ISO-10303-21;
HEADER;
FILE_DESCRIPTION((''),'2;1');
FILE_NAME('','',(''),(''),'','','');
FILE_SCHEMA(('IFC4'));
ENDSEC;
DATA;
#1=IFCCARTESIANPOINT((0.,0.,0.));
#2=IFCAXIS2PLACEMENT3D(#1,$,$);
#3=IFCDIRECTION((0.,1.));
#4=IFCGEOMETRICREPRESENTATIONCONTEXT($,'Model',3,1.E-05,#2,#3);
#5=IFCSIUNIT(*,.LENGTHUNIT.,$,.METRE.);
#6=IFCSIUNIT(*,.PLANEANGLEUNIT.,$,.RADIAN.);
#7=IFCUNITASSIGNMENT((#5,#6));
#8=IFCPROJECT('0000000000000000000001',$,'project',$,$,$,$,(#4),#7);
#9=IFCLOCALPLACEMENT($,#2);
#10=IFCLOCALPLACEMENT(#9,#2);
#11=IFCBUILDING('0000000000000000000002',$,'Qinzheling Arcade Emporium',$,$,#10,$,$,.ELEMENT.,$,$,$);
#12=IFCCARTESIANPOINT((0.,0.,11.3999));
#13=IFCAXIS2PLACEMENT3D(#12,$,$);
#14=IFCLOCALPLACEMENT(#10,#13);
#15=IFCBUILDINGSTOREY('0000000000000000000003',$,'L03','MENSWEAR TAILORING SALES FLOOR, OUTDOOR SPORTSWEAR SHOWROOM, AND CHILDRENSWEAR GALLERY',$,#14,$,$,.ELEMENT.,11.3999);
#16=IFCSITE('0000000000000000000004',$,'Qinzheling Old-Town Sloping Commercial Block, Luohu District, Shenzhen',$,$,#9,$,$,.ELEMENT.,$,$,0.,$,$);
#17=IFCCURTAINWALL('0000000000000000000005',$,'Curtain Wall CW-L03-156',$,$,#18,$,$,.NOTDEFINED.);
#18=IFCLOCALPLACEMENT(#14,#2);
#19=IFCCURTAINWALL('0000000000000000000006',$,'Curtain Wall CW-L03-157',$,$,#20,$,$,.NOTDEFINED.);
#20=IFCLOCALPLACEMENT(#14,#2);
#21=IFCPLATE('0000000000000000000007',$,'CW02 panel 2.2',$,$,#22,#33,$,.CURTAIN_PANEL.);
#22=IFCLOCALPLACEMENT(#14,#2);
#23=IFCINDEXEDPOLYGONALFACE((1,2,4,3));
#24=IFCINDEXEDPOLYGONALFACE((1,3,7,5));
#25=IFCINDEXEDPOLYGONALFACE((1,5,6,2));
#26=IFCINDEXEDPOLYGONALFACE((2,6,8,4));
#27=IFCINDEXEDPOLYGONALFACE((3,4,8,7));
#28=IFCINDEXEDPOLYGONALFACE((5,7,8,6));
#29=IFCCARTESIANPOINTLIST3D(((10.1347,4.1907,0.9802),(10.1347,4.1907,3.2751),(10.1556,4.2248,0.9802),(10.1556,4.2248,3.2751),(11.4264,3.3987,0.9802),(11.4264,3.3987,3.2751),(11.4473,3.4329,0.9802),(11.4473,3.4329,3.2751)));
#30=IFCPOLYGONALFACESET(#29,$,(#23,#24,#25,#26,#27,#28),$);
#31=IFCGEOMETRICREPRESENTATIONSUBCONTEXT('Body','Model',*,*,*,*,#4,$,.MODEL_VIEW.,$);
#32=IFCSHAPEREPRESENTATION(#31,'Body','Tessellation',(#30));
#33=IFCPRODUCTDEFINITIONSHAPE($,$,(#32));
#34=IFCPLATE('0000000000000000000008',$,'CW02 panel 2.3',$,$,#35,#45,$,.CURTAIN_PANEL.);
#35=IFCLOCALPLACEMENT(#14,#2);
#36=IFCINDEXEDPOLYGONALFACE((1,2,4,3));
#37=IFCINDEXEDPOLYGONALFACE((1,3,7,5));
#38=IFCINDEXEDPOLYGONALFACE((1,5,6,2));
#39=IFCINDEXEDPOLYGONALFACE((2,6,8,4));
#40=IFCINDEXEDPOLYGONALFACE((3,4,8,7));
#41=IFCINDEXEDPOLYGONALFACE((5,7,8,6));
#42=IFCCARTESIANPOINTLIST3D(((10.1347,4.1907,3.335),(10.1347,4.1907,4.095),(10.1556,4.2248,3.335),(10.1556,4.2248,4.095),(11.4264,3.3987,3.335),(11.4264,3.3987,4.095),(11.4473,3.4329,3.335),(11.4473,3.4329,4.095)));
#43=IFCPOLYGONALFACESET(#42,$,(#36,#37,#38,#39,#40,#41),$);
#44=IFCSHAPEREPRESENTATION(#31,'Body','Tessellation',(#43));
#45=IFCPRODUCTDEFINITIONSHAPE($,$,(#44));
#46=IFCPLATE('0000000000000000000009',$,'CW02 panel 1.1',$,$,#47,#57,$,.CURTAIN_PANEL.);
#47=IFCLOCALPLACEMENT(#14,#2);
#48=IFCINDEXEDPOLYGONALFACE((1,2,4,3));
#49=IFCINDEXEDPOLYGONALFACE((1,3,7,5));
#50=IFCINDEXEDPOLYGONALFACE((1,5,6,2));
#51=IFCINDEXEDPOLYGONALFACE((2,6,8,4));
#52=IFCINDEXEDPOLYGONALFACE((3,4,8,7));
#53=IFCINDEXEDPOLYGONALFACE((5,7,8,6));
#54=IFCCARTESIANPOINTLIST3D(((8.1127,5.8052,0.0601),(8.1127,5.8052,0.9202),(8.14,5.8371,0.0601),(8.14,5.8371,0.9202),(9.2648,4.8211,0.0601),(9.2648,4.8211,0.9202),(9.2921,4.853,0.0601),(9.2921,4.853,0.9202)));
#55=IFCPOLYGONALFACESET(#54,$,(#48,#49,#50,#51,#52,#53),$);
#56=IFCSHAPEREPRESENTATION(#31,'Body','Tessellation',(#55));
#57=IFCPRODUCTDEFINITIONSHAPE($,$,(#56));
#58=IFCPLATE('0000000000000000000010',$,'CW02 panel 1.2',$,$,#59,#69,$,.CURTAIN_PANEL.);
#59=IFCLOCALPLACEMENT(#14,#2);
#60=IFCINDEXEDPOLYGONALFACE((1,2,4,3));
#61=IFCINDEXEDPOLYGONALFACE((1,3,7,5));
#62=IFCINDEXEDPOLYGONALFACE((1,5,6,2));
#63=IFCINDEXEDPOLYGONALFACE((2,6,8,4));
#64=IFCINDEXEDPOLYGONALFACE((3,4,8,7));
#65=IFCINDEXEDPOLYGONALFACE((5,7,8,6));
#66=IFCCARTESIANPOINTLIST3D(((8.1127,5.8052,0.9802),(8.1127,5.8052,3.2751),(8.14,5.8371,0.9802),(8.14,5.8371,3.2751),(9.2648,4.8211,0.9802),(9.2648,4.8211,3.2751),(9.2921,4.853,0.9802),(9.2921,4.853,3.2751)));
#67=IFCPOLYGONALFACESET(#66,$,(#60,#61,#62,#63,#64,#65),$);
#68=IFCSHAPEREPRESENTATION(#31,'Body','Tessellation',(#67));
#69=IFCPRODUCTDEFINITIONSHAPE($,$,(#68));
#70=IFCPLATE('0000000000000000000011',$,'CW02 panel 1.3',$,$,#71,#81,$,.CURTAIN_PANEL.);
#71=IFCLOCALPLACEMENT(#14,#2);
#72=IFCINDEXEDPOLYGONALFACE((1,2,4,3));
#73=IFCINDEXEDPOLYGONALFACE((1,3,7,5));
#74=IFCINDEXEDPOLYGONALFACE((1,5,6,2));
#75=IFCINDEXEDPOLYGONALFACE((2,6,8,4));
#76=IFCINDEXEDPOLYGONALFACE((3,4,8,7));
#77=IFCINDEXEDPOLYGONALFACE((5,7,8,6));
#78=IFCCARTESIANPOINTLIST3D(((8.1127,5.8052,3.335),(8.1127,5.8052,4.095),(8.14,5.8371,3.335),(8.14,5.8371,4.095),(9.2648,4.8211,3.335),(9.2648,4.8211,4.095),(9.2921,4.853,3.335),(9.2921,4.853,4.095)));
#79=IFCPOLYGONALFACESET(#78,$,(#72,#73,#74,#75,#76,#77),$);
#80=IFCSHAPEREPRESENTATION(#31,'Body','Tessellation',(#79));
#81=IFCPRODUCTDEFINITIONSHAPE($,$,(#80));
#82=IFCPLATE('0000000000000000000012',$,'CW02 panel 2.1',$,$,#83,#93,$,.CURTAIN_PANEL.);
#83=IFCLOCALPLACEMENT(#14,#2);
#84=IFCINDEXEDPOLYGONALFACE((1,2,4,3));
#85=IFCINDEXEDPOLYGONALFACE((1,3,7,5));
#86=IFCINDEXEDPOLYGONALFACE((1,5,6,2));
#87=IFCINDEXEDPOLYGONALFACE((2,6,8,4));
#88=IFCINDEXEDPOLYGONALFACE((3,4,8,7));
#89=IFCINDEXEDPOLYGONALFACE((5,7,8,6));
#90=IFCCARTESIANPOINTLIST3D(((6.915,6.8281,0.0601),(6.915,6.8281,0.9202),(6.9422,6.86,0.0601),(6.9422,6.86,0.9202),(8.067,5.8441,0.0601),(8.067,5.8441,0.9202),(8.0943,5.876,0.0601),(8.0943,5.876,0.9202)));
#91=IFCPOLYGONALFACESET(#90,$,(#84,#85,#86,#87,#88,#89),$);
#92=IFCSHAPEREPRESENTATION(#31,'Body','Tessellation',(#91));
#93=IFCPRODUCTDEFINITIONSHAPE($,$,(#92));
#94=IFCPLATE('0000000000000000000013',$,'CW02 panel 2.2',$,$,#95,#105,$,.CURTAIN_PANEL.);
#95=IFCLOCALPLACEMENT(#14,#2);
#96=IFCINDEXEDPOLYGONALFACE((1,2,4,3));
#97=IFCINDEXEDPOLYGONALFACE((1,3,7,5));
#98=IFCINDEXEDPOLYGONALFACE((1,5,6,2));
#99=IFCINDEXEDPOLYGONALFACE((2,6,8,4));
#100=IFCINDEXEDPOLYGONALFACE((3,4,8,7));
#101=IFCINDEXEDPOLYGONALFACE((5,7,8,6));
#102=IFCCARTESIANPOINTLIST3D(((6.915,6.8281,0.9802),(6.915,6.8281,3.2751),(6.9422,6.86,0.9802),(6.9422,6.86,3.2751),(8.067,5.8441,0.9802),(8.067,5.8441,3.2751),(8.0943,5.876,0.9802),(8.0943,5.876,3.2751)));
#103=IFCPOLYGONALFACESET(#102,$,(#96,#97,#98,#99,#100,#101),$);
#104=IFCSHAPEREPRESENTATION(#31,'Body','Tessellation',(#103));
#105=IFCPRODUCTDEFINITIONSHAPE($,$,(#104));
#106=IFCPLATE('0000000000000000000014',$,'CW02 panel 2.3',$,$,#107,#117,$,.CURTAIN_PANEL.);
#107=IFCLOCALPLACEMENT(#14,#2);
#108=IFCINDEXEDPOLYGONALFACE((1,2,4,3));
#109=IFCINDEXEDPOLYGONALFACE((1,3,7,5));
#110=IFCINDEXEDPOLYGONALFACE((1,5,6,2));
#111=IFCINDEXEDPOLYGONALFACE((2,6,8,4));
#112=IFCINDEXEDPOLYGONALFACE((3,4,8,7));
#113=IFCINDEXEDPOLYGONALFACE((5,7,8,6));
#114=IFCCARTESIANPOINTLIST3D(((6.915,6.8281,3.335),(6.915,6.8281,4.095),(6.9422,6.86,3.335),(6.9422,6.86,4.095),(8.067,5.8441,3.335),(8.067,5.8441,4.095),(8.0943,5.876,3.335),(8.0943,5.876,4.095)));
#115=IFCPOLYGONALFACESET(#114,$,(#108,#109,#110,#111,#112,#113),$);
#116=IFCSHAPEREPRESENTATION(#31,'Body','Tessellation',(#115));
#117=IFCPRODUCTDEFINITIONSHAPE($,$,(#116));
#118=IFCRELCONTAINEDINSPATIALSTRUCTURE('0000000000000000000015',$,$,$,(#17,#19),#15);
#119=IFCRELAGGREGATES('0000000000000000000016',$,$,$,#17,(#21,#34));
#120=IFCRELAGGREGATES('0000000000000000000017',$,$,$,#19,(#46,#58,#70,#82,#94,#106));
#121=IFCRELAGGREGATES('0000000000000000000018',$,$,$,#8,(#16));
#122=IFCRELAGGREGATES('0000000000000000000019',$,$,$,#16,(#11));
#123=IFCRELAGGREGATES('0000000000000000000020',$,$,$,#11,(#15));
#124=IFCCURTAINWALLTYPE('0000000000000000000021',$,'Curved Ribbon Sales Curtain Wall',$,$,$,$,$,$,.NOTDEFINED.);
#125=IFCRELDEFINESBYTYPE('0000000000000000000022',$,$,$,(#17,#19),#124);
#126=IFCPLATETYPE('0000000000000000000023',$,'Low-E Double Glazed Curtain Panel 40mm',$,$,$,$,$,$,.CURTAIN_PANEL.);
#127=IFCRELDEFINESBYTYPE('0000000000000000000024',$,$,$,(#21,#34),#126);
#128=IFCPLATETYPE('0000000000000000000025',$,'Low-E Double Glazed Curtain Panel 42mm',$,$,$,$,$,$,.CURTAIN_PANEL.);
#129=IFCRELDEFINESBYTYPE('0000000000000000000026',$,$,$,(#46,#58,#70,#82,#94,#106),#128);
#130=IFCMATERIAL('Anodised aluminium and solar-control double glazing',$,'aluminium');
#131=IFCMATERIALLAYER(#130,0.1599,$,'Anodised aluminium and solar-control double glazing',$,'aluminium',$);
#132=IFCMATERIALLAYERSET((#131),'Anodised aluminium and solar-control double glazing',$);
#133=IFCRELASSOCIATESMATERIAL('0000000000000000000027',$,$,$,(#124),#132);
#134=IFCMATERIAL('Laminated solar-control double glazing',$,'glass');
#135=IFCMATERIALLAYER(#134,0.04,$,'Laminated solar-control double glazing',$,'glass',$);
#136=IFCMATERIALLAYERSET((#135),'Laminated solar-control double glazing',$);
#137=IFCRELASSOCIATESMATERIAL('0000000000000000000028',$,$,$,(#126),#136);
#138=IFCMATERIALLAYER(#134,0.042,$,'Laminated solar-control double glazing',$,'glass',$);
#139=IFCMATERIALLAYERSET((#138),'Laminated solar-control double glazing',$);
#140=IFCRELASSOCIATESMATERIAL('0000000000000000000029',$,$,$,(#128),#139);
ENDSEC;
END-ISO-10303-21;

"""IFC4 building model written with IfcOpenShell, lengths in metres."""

from ifc_helpers import new_model, si_unit, direction, frame, origin, origin_2d, place, context, subcontext, project, spatial, rectangle, extrude, material, layer, layer_set, type_object, element, aggregate, save


model = new_model("IFC4")

# Units and contexts
model_context = context("Model", 3, precision=1e-05, world=origin(), true_north=direction((0.0, 1.0)))
body_context = subcontext(model_context, "Body", "Model", "MODEL_VIEW")
ifc_project = project(units=[si_unit("LENGTHUNIT", "METRE"), si_unit("PLANEANGLEUNIT", "RADIAN")], contexts=[model_context])

# Site, building, storey
site_placement = place(None, origin())
site = spatial("IfcSite", under=ifc_project, at=site_placement, Name="Qinzheling Old-Town Sloping Commercial Block, Luohu District, Shenzhen", CompositionType="ELEMENT", RefElevation=0.0)
building_placement = place(site_placement, origin())
building = spatial("IfcBuilding", under=site, at=building_placement, Name="Qinzheling Arcade Emporium", CompositionType="ELEMENT")
storey_placement = place(building_placement, frame((0.0, 0.0, 11.3999)))
storey = spatial("IfcBuildingStorey", under=building, at=storey_placement, Name="L03", Description="MENSWEAR TAILORING SALES FLOOR, OUTDOOR SPORTSWEAR SHOWROOM, AND CHILDRENSWEAR GALLERY", CompositionType="ELEMENT", Elevation=11.3999)

# Curtain walls
ifc_material_1 = material(Name="Anodised aluminium and solar-control double glazing", Category="aluminium")
ifc_layer_1 = layer(ifc_material_1, 0.1599, Name="Anodised aluminium and solar-control double glazing", Category="aluminium")
ifc_layer_set_1 = layer_set([ifc_layer_1], Name="Anodised aluminium and solar-control double glazing")
curtain_wall_type = type_object("IfcCurtainWallType", Name="Curved Ribbon Sales Curtain Wall", PredefinedType="NOTDEFINED", material=ifc_layer_set_1)
curtain_wall_1_placement = place(storey_placement, origin())
curtain_wall_1 = element("IfcCurtainWall", 1, at=curtain_wall_1_placement, inside=storey, type_object=curtain_wall_type, Name="Curtain Wall CW-L03-156", PredefinedType="NOTDEFINED")
curtain_wall_2_placement = place(storey_placement, origin())
curtain_wall_2 = element("IfcCurtainWall", 2, at=curtain_wall_2_placement, inside=storey, type_object=curtain_wall_type, Name="Curtain Wall CW-L03-157", PredefinedType="NOTDEFINED")

# Plates
ifc_material_2 = material(Name="Laminated solar-control double glazing", Category="glass")
ifc_layer_2 = layer(ifc_material_2, 0.04, Name="Laminated solar-control double glazing", Category="glass")
ifc_layer_set_2 = layer_set([ifc_layer_2], Name="Laminated solar-control double glazing")
plate_type_1 = type_object("IfcPlateType", Name="Low-E Double Glazed Curtain Panel 40mm", PredefinedType="CURTAIN_PANEL", material=ifc_layer_set_2)
plate_1_placement = place(storey_placement, frame((10.791, 3.8118, 0.9802), z_axis=(0.0, 0.0, 1.0), x_axis=(-0.852534, 0.522672, 0.0)))
plate_1 = element("IfcPlate", 3, at=plate_1_placement, type_object=plate_type_1, Name="CW02 panel 2.2", PredefinedType="CURTAIN_PANEL", context=body_context, shape_type="SweptSolid", body=[
    extrude(rectangle(XDim=1.5151, YDim=0.04, at=origin_2d()), origin(), (0.0, 0.0, 1.0), 2.2949),
])
plate_2_placement = place(storey_placement, frame((10.791, 3.8118, 3.335), z_axis=(0.0, 0.0, 1.0), x_axis=(-0.852534, 0.522672, 0.0)))
plate_2 = element("IfcPlate", 4, at=plate_2_placement, type_object=plate_type_1, Name="CW02 panel 2.3", PredefinedType="CURTAIN_PANEL", context=body_context, shape_type="SweptSolid", body=[
    extrude(rectangle(XDim=1.5151, YDim=0.04, at=origin_2d()), origin(), (0.0, 0.0, 1.0), 0.76),
])
aggregate(curtain_wall_1, [plate_1, plate_2])
ifc_layer_3 = layer(ifc_material_2, 0.042, Name="Laminated solar-control double glazing", Category="glass")
ifc_layer_set_3 = layer_set([ifc_layer_3], Name="Laminated solar-control double glazing")
plate_type_2 = type_object("IfcPlateType", Name="Low-E Double Glazed Curtain Panel 42mm", PredefinedType="CURTAIN_PANEL", material=ifc_layer_set_3)
plate_3_placement = place(storey_placement, frame((8.7024, 5.3291, 0.0601), z_axis=(0.0, 0.0, 1.0), x_axis=(-0.760377, 0.649482, 0.0)))
plate_3 = element("IfcPlate", 5, at=plate_3_placement, type_object=plate_type_2, Name="CW02 panel 1.1", PredefinedType="CURTAIN_PANEL", context=body_context, shape_type="SweptSolid", body=[
    extrude(rectangle(XDim=1.5151, YDim=0.042, at=origin_2d()), origin(), (0.0, 0.0, 1.0), 0.8601),
])
plate_4_placement = place(storey_placement, frame((8.7024, 5.3291, 0.9802), z_axis=(0.0, 0.0, 1.0), x_axis=(-0.760377, 0.649482, 0.0)))
plate_4 = element("IfcPlate", 6, at=plate_4_placement, type_object=plate_type_2, Name="CW02 panel 1.2", PredefinedType="CURTAIN_PANEL", context=body_context, shape_type="SweptSolid", body=[
    extrude(rectangle(XDim=1.5151, YDim=0.042, at=origin_2d()), origin(), (0.0, 0.0, 1.0), 2.2949),
])
plate_5_placement = place(storey_placement, frame((8.7024, 5.3291, 3.335), z_axis=(0.0, 0.0, 1.0), x_axis=(-0.760377, 0.649482, 0.0)))
plate_5 = element("IfcPlate", 7, at=plate_5_placement, type_object=plate_type_2, Name="CW02 panel 1.3", PredefinedType="CURTAIN_PANEL", context=body_context, shape_type="SweptSolid", body=[
    extrude(rectangle(XDim=1.5151, YDim=0.042, at=origin_2d()), origin(), (0.0, 0.0, 1.0), 0.76),
])
plate_6_placement = place(storey_placement, frame((7.5046, 6.3521, 0.0601), z_axis=(0.0, 0.0, 1.0), x_axis=(-0.760377, 0.649482, 0.0)))
plate_6 = element("IfcPlate", 8, at=plate_6_placement, type_object=plate_type_2, Name="CW02 panel 2.1", PredefinedType="CURTAIN_PANEL", context=body_context, shape_type="SweptSolid", body=[
    extrude(rectangle(XDim=1.5151, YDim=0.042, at=origin_2d()), origin(), (0.0, 0.0, 1.0), 0.8601),
])
plate_7_placement = place(storey_placement, frame((7.5046, 6.3521, 0.9802), z_axis=(0.0, 0.0, 1.0), x_axis=(-0.760377, 0.649482, 0.0)))
plate_7 = element("IfcPlate", 9, at=plate_7_placement, type_object=plate_type_2, Name="CW02 panel 2.2", PredefinedType="CURTAIN_PANEL", context=body_context, shape_type="SweptSolid", body=[
    extrude(rectangle(XDim=1.5151, YDim=0.042, at=origin_2d()), origin(), (0.0, 0.0, 1.0), 2.2949),
])
plate_8_placement = place(storey_placement, frame((7.5046, 6.3521, 3.335), z_axis=(0.0, 0.0, 1.0), x_axis=(-0.760377, 0.649482, 0.0)))
plate_8 = element("IfcPlate", 10, at=plate_8_placement, type_object=plate_type_2, Name="CW02 panel 2.3", PredefinedType="CURTAIN_PANEL", context=body_context, shape_type="SweptSolid", body=[
    extrude(rectangle(XDim=1.5151, YDim=0.042, at=origin_2d()), origin(), (0.0, 0.0, 1.0), 0.76),
])
aggregate(curtain_wall_2, [plate_3, plate_4, plate_5, plate_6, plate_7, plate_8])

save(model, "model.ifc")
